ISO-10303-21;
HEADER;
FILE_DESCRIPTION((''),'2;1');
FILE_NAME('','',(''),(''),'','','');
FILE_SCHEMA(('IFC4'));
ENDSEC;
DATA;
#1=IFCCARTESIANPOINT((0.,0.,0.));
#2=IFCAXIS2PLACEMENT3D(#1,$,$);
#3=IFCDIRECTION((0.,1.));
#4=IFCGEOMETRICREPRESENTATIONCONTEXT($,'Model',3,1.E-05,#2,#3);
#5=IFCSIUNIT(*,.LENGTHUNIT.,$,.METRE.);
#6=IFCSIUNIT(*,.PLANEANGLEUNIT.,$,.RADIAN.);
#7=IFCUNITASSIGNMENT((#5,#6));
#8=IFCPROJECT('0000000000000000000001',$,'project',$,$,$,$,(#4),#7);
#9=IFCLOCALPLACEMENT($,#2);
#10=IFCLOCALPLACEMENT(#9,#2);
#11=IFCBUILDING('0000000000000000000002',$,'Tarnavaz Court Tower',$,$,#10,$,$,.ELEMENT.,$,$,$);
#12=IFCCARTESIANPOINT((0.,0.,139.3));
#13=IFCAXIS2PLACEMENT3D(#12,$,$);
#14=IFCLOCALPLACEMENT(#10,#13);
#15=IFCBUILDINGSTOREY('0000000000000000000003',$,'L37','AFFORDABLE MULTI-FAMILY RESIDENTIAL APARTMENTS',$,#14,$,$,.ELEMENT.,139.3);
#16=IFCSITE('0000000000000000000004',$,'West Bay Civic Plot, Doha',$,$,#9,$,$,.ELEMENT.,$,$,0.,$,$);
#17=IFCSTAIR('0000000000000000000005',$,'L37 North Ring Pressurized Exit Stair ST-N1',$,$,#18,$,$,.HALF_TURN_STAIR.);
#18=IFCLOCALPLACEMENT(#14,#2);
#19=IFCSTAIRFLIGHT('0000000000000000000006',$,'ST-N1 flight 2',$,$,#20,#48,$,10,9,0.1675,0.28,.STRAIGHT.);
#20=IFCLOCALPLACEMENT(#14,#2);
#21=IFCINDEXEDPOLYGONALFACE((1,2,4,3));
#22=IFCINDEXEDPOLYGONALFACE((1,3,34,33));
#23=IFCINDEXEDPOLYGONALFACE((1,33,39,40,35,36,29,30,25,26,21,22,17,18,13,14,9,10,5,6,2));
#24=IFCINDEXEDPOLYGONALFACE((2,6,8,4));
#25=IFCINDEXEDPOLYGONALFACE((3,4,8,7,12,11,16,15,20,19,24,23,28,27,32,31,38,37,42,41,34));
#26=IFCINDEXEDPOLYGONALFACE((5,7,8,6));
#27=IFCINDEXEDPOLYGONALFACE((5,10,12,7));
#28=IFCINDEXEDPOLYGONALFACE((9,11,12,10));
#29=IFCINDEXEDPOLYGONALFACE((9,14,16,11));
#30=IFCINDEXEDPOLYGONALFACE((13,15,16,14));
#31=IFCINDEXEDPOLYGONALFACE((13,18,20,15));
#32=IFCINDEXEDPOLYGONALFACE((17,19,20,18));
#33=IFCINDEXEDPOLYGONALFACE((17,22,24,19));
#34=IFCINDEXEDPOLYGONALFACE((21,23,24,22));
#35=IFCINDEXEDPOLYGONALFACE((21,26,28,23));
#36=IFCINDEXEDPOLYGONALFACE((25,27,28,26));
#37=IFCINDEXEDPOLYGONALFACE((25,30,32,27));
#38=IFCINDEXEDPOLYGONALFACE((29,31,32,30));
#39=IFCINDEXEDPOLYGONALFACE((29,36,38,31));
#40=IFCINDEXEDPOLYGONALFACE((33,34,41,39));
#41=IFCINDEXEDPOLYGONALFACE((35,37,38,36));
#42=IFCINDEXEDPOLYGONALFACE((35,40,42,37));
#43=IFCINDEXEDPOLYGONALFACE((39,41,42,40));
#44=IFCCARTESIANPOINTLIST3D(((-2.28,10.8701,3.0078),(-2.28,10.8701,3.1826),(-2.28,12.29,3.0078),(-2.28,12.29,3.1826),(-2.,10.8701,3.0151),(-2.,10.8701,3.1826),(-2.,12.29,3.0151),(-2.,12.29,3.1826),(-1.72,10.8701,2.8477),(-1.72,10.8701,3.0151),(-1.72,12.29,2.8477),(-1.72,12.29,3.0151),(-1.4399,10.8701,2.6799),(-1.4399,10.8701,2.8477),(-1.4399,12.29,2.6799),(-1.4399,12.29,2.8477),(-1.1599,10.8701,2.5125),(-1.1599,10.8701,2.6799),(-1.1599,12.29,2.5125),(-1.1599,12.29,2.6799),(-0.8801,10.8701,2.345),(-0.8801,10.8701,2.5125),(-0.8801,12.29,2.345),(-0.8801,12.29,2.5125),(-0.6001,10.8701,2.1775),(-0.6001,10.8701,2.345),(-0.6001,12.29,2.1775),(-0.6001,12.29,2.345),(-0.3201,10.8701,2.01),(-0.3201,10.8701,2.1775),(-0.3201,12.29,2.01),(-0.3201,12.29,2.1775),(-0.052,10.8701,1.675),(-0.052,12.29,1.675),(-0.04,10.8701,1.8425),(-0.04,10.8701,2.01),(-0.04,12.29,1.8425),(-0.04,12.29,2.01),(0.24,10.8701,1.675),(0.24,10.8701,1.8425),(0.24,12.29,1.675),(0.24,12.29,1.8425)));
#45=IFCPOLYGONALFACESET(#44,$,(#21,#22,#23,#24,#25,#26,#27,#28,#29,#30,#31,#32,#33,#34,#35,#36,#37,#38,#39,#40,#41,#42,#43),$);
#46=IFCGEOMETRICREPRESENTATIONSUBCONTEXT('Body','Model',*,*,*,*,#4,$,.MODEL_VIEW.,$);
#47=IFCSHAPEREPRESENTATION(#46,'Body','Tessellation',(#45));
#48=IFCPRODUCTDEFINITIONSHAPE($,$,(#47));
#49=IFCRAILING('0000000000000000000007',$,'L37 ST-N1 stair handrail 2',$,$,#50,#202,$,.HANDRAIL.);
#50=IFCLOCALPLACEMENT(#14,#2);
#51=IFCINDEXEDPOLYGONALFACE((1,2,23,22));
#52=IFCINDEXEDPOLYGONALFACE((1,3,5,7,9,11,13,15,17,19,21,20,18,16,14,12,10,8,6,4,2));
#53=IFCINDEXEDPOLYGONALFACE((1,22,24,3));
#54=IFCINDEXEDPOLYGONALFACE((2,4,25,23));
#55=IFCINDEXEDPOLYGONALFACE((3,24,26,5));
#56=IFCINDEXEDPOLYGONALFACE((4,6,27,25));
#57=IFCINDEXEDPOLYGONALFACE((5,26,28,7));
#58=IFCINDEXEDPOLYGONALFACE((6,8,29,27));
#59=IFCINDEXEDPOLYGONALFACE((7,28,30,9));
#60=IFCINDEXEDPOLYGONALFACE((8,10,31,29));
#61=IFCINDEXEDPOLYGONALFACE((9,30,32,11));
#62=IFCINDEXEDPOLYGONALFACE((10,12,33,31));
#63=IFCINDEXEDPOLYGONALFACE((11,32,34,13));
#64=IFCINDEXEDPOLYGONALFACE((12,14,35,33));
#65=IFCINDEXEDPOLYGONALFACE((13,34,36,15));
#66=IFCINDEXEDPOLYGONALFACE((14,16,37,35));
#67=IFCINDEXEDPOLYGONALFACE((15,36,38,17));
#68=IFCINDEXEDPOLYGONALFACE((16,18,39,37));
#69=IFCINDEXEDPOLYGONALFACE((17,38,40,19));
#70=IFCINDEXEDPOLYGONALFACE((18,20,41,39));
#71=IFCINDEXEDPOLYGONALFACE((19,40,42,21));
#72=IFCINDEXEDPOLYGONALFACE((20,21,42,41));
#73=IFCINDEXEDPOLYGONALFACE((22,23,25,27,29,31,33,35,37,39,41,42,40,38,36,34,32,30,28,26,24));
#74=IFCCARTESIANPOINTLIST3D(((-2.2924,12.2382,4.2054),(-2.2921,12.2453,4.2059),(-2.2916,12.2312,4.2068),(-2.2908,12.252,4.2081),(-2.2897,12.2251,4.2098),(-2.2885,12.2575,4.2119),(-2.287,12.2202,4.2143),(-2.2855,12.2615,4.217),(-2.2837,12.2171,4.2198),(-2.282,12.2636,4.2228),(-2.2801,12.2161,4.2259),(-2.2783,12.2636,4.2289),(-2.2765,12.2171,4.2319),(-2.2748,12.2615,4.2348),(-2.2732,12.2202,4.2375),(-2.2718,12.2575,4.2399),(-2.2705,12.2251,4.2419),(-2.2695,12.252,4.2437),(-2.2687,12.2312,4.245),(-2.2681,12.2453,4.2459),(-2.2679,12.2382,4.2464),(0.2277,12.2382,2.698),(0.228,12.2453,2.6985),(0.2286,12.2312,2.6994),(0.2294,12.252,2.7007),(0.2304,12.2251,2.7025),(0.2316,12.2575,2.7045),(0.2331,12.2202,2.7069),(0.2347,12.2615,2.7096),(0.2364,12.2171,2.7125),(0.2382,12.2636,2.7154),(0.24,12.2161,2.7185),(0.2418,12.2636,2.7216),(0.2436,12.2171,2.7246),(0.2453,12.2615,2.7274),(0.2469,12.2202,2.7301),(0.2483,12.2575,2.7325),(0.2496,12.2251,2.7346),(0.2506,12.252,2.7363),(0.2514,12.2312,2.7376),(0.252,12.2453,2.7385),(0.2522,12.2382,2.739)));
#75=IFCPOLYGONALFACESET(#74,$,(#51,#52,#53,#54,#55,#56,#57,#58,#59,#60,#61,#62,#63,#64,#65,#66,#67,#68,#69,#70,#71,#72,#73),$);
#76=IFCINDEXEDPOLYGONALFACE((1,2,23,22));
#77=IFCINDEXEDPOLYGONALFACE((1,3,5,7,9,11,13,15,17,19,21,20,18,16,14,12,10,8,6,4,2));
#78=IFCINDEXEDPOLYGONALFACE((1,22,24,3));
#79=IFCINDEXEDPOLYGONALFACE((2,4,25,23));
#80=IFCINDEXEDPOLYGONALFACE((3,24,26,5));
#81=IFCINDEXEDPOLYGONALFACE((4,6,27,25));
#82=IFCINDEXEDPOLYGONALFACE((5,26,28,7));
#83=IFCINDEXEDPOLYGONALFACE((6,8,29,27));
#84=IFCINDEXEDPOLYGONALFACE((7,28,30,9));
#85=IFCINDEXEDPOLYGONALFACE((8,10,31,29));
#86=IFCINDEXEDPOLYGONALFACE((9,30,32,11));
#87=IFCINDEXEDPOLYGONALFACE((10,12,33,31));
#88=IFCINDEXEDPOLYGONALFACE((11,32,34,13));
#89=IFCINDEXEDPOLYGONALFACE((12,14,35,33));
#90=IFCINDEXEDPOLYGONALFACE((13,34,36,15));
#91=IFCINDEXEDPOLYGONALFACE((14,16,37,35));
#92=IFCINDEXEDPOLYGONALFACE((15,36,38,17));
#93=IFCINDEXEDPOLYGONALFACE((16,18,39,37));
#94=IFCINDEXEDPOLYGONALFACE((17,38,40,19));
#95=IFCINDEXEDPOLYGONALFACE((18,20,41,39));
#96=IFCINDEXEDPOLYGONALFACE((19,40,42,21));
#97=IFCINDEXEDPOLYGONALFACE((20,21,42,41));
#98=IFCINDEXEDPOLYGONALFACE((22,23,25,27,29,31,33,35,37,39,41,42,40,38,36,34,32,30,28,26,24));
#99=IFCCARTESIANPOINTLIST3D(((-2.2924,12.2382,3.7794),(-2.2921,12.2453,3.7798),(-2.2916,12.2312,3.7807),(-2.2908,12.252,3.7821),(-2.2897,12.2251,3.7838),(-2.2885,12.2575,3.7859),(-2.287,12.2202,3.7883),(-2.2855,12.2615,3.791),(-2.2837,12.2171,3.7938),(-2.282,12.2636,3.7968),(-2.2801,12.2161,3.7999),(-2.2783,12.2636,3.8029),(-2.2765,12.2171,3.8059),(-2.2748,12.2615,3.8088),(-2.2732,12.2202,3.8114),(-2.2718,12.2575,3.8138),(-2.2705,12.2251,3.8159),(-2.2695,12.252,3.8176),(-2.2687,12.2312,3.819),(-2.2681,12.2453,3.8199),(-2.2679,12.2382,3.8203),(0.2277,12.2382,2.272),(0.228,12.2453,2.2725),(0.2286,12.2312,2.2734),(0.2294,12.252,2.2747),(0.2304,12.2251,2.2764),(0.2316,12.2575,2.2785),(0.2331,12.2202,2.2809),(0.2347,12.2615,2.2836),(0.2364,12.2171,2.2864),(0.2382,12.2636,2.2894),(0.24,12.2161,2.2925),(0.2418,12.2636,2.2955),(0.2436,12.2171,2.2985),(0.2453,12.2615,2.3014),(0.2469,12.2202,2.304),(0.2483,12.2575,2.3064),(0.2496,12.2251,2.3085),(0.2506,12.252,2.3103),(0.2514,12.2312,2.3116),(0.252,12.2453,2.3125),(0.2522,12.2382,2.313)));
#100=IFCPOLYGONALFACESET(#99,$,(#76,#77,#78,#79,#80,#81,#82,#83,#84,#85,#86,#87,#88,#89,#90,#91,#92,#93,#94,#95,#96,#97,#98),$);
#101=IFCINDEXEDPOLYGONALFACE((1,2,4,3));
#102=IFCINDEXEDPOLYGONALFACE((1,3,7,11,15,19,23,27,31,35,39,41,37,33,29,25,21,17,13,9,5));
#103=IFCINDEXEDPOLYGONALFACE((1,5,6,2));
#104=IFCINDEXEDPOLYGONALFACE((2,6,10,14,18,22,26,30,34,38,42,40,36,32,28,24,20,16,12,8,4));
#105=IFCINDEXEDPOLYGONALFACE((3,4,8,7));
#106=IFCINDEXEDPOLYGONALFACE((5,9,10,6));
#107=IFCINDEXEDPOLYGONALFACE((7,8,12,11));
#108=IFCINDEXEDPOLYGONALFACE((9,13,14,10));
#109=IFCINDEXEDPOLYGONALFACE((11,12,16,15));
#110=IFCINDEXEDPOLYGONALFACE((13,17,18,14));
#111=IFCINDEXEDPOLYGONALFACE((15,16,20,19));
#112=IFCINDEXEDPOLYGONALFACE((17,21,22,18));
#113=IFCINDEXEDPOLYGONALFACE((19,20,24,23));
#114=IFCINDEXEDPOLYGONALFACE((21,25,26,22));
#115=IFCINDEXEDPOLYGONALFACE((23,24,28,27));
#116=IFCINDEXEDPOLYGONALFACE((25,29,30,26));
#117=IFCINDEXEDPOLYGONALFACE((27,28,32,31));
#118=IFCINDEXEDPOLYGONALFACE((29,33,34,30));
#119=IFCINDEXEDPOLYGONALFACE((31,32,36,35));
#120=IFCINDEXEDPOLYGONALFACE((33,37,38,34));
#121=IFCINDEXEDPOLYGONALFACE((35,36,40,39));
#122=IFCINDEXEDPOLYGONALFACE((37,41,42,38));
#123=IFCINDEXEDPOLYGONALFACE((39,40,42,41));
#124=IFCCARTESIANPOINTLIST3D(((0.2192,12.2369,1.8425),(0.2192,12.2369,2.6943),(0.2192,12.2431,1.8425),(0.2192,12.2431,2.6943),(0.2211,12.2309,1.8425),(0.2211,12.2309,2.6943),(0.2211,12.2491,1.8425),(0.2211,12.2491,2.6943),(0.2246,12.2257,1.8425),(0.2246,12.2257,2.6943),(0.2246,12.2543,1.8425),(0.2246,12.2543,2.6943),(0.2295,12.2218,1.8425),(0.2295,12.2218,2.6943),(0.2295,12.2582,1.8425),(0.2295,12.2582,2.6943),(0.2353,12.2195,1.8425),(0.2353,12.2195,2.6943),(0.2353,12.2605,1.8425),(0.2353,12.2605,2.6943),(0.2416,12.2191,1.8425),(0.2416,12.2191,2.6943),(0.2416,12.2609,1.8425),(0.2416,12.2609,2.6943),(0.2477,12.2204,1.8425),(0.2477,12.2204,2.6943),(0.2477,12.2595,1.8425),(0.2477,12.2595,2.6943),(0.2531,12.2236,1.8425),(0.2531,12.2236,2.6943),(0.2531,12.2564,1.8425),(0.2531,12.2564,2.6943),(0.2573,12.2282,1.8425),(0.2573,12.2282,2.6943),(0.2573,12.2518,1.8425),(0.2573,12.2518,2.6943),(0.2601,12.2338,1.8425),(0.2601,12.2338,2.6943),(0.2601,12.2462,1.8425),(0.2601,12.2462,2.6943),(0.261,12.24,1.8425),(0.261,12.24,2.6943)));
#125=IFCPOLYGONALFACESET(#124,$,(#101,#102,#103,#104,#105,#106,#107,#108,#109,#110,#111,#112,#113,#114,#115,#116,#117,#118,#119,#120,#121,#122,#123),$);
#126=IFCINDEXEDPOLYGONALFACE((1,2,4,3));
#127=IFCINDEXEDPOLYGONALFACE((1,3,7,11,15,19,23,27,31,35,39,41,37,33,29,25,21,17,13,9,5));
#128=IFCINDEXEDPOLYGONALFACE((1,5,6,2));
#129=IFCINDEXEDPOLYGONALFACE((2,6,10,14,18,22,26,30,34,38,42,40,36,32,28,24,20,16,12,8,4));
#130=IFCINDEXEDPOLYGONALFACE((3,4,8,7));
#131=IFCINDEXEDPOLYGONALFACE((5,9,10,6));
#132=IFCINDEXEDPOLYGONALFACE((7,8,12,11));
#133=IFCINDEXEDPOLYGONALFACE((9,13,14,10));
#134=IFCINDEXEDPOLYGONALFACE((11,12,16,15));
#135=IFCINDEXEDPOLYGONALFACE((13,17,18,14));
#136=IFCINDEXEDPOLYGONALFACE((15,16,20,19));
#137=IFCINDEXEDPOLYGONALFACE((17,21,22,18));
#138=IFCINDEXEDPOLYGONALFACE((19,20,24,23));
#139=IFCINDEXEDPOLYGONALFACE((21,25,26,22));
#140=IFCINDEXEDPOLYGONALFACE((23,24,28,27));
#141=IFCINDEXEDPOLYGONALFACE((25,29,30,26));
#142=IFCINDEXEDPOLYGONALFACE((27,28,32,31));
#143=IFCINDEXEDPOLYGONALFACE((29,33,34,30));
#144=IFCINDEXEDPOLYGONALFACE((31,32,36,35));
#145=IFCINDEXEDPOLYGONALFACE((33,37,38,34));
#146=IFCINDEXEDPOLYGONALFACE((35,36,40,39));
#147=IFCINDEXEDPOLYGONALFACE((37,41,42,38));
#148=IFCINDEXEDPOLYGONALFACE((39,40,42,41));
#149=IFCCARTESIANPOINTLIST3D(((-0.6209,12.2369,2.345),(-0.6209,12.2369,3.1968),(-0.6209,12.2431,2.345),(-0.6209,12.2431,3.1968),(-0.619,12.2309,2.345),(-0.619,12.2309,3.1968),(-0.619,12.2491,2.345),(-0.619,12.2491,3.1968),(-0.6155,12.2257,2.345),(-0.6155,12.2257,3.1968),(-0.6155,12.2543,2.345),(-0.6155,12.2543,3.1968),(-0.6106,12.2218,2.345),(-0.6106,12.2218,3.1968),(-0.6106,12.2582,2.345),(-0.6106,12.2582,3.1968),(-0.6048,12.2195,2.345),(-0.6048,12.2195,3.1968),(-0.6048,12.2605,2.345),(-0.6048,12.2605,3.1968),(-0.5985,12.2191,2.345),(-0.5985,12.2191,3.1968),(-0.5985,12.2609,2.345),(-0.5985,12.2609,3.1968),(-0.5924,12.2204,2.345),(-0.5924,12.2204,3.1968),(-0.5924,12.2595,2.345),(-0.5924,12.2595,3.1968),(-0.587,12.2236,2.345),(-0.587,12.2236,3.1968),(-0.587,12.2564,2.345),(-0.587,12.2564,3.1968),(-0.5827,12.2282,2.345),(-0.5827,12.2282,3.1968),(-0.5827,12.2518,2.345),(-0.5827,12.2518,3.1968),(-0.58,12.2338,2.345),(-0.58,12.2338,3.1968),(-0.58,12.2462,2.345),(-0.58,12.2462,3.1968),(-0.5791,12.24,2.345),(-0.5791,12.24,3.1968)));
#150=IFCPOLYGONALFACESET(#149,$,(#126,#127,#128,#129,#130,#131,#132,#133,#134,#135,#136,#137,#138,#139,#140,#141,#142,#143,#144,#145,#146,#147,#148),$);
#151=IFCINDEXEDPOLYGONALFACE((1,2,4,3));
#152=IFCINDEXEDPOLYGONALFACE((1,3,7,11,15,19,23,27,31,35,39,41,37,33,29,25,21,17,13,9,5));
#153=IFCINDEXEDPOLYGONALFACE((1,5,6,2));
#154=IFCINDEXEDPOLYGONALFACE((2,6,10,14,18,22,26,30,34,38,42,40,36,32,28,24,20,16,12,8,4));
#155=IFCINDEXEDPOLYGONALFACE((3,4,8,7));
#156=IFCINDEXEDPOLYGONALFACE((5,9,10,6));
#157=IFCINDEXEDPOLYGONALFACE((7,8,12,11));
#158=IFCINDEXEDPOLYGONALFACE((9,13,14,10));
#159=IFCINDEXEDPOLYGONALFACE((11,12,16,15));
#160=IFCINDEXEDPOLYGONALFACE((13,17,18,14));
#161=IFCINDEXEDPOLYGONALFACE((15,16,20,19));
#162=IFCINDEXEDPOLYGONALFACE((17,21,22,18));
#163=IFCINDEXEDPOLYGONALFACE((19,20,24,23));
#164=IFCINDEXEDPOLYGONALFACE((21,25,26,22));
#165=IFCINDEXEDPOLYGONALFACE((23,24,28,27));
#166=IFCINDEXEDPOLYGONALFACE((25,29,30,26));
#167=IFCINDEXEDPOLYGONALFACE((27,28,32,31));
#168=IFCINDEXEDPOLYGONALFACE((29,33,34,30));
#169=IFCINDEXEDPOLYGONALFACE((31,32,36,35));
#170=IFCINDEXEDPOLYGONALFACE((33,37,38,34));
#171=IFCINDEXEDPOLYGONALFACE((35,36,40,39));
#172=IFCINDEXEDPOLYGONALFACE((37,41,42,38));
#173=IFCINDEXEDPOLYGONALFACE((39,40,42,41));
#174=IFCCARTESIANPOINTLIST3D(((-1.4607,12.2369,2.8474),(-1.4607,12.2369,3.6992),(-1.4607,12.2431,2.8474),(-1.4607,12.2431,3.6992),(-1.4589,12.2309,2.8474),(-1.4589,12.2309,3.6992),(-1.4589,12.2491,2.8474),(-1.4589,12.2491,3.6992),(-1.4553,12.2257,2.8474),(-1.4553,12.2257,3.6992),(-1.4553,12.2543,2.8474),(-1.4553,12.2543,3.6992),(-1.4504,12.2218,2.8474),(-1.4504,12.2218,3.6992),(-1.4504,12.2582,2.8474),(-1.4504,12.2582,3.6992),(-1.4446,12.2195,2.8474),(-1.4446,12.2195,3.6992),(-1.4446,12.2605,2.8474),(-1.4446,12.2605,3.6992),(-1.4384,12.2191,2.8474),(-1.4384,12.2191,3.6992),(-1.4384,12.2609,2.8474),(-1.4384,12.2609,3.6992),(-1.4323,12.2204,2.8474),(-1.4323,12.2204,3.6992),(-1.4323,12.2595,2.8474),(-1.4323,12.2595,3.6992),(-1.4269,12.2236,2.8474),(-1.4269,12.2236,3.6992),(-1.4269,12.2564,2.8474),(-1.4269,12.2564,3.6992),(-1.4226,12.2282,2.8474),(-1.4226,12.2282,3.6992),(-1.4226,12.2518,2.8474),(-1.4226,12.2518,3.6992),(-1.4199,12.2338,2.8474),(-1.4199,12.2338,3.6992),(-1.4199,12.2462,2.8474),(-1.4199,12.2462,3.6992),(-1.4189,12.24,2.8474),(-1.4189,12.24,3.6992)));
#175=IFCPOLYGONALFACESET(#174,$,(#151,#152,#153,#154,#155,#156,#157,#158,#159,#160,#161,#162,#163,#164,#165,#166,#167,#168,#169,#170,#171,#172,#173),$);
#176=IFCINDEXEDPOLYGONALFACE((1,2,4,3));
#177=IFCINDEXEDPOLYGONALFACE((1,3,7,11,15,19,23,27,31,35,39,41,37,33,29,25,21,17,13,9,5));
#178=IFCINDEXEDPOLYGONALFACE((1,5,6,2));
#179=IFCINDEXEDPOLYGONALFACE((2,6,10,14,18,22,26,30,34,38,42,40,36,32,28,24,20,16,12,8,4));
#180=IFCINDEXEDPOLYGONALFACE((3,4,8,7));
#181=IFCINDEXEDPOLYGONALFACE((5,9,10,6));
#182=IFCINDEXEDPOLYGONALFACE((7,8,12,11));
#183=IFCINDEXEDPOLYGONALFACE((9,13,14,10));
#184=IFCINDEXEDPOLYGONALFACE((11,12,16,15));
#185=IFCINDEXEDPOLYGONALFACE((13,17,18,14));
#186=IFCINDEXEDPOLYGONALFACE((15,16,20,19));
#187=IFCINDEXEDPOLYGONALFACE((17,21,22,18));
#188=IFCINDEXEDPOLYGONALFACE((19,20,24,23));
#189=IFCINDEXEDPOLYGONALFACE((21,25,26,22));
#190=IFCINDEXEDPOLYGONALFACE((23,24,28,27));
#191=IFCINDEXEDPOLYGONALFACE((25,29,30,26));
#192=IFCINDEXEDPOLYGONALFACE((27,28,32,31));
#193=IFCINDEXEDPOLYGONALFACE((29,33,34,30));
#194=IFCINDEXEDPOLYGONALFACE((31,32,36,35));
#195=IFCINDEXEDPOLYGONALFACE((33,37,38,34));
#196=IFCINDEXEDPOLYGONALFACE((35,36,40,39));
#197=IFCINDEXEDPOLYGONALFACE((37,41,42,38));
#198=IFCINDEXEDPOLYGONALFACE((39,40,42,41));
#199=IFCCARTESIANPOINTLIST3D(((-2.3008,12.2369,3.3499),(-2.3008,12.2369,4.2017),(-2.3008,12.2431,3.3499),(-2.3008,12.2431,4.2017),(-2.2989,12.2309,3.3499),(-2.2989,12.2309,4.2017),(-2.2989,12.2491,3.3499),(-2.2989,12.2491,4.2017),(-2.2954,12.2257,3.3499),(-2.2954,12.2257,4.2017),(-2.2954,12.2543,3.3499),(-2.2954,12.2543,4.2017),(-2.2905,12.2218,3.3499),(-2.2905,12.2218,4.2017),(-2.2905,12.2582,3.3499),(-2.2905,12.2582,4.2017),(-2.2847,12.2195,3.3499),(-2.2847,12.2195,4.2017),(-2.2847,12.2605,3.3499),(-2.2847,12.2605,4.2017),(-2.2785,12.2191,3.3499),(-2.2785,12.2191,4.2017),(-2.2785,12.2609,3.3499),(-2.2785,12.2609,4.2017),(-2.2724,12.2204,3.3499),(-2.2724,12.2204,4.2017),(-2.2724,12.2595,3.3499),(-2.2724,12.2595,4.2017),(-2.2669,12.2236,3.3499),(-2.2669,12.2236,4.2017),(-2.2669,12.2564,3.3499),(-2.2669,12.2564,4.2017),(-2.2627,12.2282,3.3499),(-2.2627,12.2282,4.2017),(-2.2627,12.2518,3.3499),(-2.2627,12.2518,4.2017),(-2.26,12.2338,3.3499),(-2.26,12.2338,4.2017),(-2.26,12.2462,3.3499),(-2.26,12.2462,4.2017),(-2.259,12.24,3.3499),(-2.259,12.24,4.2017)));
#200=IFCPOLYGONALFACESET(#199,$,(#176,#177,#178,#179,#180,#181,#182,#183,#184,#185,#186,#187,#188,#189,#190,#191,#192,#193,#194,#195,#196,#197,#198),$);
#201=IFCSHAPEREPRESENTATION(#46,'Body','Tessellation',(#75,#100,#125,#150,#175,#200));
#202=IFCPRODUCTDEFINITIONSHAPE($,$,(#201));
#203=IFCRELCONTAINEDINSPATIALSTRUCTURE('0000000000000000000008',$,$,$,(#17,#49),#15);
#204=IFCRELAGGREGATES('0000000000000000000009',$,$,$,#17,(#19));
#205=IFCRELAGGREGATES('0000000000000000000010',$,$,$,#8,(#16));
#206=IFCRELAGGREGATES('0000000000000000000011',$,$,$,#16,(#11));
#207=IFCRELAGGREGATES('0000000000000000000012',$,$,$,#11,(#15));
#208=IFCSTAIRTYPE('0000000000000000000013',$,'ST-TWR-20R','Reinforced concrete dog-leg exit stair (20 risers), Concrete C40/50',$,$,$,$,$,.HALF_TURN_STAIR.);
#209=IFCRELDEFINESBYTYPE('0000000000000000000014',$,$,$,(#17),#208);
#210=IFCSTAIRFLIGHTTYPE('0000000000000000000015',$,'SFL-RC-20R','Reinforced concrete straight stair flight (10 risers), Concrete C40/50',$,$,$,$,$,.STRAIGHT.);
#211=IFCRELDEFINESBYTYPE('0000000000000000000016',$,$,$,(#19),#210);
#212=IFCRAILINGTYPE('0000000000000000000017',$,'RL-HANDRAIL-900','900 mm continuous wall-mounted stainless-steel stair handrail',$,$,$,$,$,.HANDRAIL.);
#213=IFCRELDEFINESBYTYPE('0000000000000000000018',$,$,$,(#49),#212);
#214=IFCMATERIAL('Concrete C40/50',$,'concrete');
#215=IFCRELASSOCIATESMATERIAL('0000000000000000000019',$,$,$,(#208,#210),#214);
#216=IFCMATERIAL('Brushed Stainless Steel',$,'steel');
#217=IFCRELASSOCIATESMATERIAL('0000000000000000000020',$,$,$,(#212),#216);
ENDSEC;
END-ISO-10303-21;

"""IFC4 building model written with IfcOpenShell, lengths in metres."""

from ifc_helpers import new_model, si_unit, direction, frame, origin, origin_2d, place, context, subcontext, project, spatial, polyline, circle, outline, extrude, material, type_object, element, aggregate, save


model = new_model("IFC4")

# Units and contexts
model_context = context("Model", 3, precision=1e-05, world=origin(), true_north=direction((0.0, 1.0)))
body_context = subcontext(model_context, "Body", "Model", "MODEL_VIEW")
ifc_project = project(units=[si_unit("LENGTHUNIT", "METRE"), si_unit("PLANEANGLEUNIT", "RADIAN")], contexts=[model_context])

# Site, building, storey
site_placement = place(None, origin())
site = spatial("IfcSite", under=ifc_project, at=site_placement, Name="West Bay Civic Plot, Doha", CompositionType="ELEMENT", RefElevation=0.0)
building_placement = place(site_placement, origin())
building = spatial("IfcBuilding", under=site, at=building_placement, Name="Tarnavaz Court Tower", CompositionType="ELEMENT")
storey_placement = place(building_placement, frame((0.0, 0.0, 139.3)))
storey = spatial("IfcBuildingStorey", under=building, at=storey_placement, Name="L37", Description="AFFORDABLE MULTI-FAMILY RESIDENTIAL APARTMENTS", CompositionType="ELEMENT", Elevation=139.3)

# Stair
ifc_material_1 = material(Name="Concrete C40/50", Category="concrete")
stair_type = type_object("IfcStairType", Name="ST-TWR-20R", Description="Reinforced concrete dog-leg exit stair (20 risers), Concrete C40/50", PredefinedType="HALF_TURN_STAIR", material=ifc_material_1)
stair_1_placement = place(storey_placement, origin())
stair_1 = element("IfcStair", 1, at=stair_1_placement, inside=storey, type_object=stair_type, Name="L37 North Ring Pressurized Exit Stair ST-N1", PredefinedType="HALF_TURN_STAIR")

# Stair flight
stair_flight_type = type_object("IfcStairFlightType", Name="SFL-RC-20R", Description="Reinforced concrete straight stair flight (10 risers), Concrete C40/50", PredefinedType="STRAIGHT", material=ifc_material_1)
stair_flight_placement = place(storey_placement, frame((0.24, 11.5801, 1.675), z_axis=(0.0, 0.0, 1.0), x_axis=(-1.0, 0.0, 0.0)))
stair_flight = element("IfcStairFlight", 2, at=stair_flight_placement, type_object=stair_flight_type, Name="ST-N1 flight 2", NumberOfRisers=10, NumberOfTreads=9, PredefinedType="STRAIGHT", RiserHeight=0.1675, TreadLength=0.28, context=body_context, shape_type="SweptSolid", body=[
    extrude(outline(polyline([(0.0, 0.0), (0.0, 0.1675), (0.28, 0.1675), (0.28, 0.335), (0.5601, 0.335), (0.5601, 0.5024), (0.8401, 0.5024), (0.8401, 0.6699), (1.1201, 0.6699), (1.1201, 0.8374), (1.3999, 0.8374), (1.3999, 1.0049), (1.6799, 1.0049), (1.6799, 1.1726), (1.96, 1.1726), (1.96, 1.3401), (2.24, 1.3401), (2.24, 1.5076), (2.52, 1.5076), (2.52, 1.675), (2.52, 1.3328), (0.292, 0.0), (0.0, 0.0)])), frame((0.0, 0.71, 0.0), z_axis=(0.0, -1.0, 0.0), x_axis=(1.0, 0.0, 0.0)), (0.0, 0.0, 1.0), 1.4199),
])
aggregate(stair_1, [stair_flight])

# Railing
ifc_material_2 = material(Name="Brushed Stainless Steel", Category="steel")
railing_type_1 = type_object("IfcRailingType", Name="RL-HANDRAIL-900", Description="900 mm continuous wall-mounted stainless-steel stair handrail", PredefinedType="HANDRAIL", material=ifc_material_2)
railing_1_placement = place(storey_placement, frame((0.24, 12.24, 1.8425)))
element("IfcRailing", 3, at=railing_1_placement, inside=storey, type_object=railing_type_1, Name="L37 ST-N1 stair handrail 2", PredefinedType="HANDRAIL", context=body_context, shape_type="SweptSolid", body=[
    extrude(circle(Radius=0.0239, at=origin_2d()), frame((0.0, 0.0, 0.876), z_axis=(-0.858196, 0.0, 0.513321), x_axis=(0.0, -1.0, 0.0)), (0.0, 0.0, 1.0), 2.9365),
    extrude(circle(Radius=0.0239, at=origin_2d()), frame((0.0, 0.0, 0.45), z_axis=(-0.858196, 0.0, 0.513321), x_axis=(0.0, -1.0, 0.0)), (0.0, 0.0, 1.0), 2.9365),
    extrude(circle(Radius=0.021, at=origin_2d()), origin(), (0.0, 0.0, 1.0), 0.8518),
    extrude(circle(Radius=0.021, at=origin_2d()), frame((-0.8401, 0.0, 0.5024)), (0.0, 0.0, 1.0), 0.8518),
    extrude(circle(Radius=0.021, at=origin_2d()), frame((-1.6799, 0.0, 1.0049)), (0.0, 0.0, 1.0), 0.8518),
    extrude(circle(Radius=0.021, at=origin_2d()), frame((-2.52, 0.0, 1.5073)), (0.0, 0.0, 1.0), 0.8518),
])

save(model, "model.ifc")
